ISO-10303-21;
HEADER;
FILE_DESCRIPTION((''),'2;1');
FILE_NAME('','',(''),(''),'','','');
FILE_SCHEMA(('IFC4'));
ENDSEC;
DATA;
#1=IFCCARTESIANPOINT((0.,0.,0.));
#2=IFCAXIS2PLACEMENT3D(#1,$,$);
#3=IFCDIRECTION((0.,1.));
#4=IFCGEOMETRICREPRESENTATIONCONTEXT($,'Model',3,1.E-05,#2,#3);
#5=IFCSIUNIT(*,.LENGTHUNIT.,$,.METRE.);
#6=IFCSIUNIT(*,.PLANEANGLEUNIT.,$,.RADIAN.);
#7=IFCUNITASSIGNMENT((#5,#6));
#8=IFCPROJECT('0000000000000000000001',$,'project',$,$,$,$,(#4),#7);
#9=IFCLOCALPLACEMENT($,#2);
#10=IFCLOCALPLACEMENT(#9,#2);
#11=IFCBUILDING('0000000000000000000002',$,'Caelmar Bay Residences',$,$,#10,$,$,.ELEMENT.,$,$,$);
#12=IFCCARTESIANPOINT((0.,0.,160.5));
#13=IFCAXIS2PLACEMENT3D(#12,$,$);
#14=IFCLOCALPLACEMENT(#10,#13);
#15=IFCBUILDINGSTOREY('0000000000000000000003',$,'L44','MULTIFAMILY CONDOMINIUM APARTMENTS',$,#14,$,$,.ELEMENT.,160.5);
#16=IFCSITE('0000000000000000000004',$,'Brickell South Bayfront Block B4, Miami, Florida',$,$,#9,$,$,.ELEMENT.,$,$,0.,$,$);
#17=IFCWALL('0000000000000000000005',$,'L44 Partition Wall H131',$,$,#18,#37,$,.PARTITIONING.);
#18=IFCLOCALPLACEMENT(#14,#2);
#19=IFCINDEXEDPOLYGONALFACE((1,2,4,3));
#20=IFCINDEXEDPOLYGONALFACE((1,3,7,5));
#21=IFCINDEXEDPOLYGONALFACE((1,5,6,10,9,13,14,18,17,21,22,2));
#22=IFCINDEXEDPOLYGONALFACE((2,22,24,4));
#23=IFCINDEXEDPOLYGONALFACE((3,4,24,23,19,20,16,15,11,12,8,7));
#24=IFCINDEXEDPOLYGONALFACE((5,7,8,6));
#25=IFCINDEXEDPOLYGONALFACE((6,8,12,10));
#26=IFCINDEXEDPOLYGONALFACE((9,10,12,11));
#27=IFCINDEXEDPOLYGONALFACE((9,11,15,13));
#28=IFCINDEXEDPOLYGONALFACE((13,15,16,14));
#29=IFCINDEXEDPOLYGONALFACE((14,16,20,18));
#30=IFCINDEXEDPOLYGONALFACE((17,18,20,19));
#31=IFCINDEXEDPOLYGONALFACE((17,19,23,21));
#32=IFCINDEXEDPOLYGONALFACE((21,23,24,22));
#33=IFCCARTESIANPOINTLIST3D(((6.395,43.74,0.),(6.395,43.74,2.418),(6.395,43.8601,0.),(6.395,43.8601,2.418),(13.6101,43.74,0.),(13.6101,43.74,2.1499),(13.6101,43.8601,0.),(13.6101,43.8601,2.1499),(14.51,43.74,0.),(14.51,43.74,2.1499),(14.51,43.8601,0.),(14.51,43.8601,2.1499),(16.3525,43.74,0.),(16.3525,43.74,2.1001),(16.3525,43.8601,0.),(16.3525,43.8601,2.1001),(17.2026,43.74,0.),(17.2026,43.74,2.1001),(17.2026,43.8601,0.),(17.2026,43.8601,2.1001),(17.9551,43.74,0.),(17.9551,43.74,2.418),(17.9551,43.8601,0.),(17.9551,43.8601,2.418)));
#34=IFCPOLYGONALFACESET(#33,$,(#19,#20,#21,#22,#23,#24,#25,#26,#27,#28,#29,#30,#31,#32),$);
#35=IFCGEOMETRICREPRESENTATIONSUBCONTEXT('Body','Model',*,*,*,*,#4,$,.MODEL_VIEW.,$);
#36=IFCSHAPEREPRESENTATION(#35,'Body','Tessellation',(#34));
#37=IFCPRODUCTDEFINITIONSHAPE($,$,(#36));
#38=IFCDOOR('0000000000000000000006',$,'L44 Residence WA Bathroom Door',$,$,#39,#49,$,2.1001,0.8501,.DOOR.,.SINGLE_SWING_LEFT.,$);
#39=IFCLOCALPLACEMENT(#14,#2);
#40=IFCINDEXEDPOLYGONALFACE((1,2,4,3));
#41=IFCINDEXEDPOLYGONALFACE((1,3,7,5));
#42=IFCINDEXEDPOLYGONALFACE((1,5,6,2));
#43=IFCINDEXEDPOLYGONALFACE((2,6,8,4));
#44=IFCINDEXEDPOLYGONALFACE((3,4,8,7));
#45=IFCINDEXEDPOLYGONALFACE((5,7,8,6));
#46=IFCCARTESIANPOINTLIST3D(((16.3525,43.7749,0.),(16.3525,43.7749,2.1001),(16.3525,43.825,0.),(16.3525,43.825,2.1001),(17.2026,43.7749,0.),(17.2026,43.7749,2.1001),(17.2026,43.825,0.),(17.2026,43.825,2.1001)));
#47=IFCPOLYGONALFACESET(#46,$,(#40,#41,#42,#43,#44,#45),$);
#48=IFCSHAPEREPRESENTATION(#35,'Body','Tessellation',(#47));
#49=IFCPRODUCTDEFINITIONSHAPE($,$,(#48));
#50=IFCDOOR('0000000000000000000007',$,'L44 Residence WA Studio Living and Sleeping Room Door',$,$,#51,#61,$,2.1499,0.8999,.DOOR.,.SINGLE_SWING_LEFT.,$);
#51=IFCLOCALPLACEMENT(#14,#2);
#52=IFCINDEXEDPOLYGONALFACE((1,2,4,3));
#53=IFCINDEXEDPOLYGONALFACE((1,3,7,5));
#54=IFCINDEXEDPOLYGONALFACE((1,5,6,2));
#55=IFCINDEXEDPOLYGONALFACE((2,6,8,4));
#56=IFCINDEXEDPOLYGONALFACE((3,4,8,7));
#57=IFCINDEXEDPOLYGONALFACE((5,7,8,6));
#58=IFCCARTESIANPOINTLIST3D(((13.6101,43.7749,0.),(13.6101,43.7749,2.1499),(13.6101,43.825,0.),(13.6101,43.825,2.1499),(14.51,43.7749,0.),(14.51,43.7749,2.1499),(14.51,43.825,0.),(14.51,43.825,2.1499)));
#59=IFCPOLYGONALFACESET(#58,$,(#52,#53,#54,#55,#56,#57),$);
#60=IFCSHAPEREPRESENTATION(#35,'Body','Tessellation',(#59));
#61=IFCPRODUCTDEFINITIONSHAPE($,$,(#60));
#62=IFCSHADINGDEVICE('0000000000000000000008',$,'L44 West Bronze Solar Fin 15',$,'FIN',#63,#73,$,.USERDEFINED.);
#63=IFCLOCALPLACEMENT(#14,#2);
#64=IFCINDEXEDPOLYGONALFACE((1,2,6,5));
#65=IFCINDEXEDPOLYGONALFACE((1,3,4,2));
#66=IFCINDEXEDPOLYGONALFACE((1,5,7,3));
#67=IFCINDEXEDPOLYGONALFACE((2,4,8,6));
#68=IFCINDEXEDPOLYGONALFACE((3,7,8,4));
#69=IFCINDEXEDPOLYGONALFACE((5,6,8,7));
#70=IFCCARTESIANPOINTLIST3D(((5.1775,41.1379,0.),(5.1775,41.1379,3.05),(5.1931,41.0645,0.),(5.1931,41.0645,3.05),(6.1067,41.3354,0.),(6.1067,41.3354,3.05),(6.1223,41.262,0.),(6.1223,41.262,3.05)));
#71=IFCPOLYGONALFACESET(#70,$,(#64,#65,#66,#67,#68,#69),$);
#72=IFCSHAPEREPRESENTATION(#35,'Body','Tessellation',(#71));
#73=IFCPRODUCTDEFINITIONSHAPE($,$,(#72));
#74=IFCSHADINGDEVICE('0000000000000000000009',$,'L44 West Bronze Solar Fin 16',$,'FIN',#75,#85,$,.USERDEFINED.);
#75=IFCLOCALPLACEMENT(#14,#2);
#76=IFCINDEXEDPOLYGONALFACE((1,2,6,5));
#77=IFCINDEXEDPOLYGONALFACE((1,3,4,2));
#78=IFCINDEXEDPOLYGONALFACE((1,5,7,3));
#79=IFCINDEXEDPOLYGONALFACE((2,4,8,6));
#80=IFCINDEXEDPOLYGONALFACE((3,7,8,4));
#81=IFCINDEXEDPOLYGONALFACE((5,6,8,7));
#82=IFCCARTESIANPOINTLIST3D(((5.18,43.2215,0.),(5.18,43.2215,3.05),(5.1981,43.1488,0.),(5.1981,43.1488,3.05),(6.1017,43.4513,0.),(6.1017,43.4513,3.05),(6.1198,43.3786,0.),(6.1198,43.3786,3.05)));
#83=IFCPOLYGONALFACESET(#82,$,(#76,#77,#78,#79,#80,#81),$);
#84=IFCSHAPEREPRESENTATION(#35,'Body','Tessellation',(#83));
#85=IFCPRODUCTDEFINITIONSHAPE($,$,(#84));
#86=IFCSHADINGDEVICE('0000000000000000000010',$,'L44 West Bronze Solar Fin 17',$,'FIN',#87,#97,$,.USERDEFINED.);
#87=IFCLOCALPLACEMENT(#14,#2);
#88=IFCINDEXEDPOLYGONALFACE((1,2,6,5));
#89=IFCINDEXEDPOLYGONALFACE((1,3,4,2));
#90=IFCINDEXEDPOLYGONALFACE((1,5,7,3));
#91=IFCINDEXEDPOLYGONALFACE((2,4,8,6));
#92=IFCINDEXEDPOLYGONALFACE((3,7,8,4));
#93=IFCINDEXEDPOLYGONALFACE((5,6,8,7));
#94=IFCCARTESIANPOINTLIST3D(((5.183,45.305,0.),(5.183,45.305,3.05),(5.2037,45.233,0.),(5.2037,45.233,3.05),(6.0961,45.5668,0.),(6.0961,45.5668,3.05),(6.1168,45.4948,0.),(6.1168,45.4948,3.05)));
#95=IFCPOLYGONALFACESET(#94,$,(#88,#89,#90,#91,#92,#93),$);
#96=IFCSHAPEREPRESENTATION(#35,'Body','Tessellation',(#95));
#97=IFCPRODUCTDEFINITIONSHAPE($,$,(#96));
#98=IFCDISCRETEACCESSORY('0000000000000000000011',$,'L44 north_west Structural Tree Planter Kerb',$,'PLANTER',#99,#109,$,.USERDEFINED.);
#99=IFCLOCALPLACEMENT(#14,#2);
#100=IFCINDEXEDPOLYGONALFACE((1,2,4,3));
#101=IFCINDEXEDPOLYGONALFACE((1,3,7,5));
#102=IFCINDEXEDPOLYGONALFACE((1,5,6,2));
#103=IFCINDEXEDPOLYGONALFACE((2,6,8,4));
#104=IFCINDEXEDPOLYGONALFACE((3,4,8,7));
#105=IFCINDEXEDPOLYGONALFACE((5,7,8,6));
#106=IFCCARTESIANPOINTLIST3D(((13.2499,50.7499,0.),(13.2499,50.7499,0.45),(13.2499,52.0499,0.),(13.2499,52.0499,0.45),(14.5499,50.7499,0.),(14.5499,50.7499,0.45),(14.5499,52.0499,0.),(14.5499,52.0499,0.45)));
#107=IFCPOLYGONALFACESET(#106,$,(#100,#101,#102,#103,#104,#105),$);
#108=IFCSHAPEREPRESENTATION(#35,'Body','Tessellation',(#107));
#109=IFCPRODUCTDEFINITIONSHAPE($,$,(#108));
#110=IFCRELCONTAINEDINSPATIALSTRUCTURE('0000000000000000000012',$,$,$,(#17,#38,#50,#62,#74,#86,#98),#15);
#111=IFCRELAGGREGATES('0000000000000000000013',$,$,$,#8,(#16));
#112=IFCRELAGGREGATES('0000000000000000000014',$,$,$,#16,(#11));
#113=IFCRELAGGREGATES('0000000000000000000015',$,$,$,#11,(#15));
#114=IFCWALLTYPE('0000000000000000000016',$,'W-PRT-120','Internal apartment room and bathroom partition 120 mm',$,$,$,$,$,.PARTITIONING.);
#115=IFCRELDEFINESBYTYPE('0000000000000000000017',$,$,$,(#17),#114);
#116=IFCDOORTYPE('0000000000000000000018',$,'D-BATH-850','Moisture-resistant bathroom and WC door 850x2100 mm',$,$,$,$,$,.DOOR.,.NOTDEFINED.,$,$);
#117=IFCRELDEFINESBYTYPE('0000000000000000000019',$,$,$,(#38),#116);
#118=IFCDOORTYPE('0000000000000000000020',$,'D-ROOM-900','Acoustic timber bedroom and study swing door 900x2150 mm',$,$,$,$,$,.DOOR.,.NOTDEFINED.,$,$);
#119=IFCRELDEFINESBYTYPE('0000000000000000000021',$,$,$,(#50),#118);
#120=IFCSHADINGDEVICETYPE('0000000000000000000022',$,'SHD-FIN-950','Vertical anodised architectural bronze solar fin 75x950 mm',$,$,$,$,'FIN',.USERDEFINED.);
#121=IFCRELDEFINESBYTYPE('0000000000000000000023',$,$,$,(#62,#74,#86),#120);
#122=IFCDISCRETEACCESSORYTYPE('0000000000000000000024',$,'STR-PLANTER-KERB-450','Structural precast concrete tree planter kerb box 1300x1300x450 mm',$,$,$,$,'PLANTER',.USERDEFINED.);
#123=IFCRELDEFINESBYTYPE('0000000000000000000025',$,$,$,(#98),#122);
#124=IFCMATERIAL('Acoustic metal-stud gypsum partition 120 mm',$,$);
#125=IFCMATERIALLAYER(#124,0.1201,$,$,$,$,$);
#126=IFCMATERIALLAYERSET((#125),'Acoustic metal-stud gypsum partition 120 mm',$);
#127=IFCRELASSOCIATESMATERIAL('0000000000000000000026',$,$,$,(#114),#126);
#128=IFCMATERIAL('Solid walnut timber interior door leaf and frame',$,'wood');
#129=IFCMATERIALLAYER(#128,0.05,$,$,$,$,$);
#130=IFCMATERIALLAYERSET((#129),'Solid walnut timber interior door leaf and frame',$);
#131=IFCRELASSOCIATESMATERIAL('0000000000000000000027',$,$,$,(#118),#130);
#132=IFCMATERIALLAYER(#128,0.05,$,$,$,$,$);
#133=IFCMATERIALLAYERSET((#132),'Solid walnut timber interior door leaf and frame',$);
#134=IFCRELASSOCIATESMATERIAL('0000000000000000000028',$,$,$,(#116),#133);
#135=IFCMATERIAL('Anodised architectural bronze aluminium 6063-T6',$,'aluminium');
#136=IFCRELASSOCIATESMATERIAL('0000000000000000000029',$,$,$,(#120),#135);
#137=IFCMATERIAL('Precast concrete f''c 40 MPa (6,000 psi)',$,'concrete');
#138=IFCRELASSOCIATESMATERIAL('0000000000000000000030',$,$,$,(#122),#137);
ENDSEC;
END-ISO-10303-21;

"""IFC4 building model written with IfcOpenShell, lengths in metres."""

from ifc_helpers import new_model, si_unit, direction, frame, frame_2d, origin, origin_2d, place, context, subcontext, project, spatial, rectangle, extrude, material, layer, layer_set, material_profile, profile_set, type_object, element, fill, save


model = new_model("IFC4")

# Units and contexts
model_context = context("Model", 3, precision=1e-05, world=origin(), true_north=direction((0.0, 1.0)))
body_context = subcontext(model_context, "Body", "Model", "MODEL_VIEW")
ifc_project = project(units=[si_unit("LENGTHUNIT", "METRE"), si_unit("PLANEANGLEUNIT", "RADIAN")], contexts=[model_context])

# Site, building, storey
site_placement = place(None, origin())
site = spatial("IfcSite", under=ifc_project, at=site_placement, Name="Brickell South Bayfront Block B4, Miami, Florida", CompositionType="ELEMENT", RefElevation=0.0)
building_placement = place(site_placement, origin())
building = spatial("IfcBuilding", under=site, at=building_placement, Name="Caelmar Bay Residences", CompositionType="ELEMENT")
storey_placement = place(building_placement, frame((0.0, 0.0, 160.5)))
storey = spatial("IfcBuildingStorey", under=building, at=storey_placement, Name="L44", Description="MULTIFAMILY CONDOMINIUM APARTMENTS", CompositionType="ELEMENT", Elevation=160.5)

# Shared definitions
ifc_material_1 = material(Name="Precast concrete f'c 40 MPa (6,000 psi)", Category="concrete")

# Shared definitions
ifc_material_2 = material(Name="Acoustic metal-stud gypsum partition 120 mm")
ifc_layer_1 = layer(ifc_material_2, 0.1201)
ifc_layer_set_1 = layer_set([ifc_layer_1], Name="Acoustic metal-stud gypsum partition 120 mm")
wall_type_1 = type_object("IfcWallType", Name="W-PRT-120", Description="Internal apartment room and bathroom partition 120 mm", PredefinedType="PARTITIONING", material=ifc_layer_set_1)
ifc_material_3 = material(Name="Solid walnut timber interior door leaf and frame", Category="wood")
ifc_layer_2 = layer(ifc_material_3, 0.05)
ifc_layer_set_2 = layer_set([ifc_layer_2], Name="Solid walnut timber interior door leaf and frame")
door_type_1 = type_object("IfcDoorType", Name="D-ROOM-900", Description="Acoustic timber bedroom and study swing door 900x2150 mm", OperationType="NOTDEFINED", PredefinedType="DOOR", material=ifc_layer_set_2)

# Wall, openings, doors
wall_1_placement = place(storey_placement, frame((6.395, 43.8, 0.0), z_axis=(0.0, 0.0, 1.0), x_axis=(1.0, 0.0, 0.0)))
wall_1 = element("IfcWall", 1, at=wall_1_placement, inside=storey, type_object=wall_type_1, Name="L44 Partition Wall H131", PredefinedType="PARTITIONING", context=body_context, shape_type="SweptSolid", body=[
    extrude(rectangle(XDim=11.5601, YDim=0.1201, at=frame_2d((5.78, 0.0))), origin(), (0.0, 0.0, 1.0), 2.418),
])
opening_1_placement = place(wall_1_placement, frame((7.2151, 0.0, 0.0)))
opening_1 = element("IfcOpeningElement", 2, at=opening_1_placement, cuts=wall_1, PredefinedType="OPENING", context=body_context, shape_type="SweptSolid", body=[
    extrude(rectangle(XDim=0.8999, YDim=2.1499, at=frame_2d((0.45, 1.075))), frame((0.0, 0.0701, 0.0), z_axis=(0.0, -1.0, 0.0), x_axis=(1.0, 0.0, 0.0)), (0.0, 0.0, 1.0), 0.1401),
])
opening_2_placement = place(wall_1_placement, frame((9.9575, 0.0, 0.0)))
opening_2 = element("IfcOpeningElement", 3, at=opening_2_placement, cuts=wall_1, PredefinedType="OPENING", context=body_context, shape_type="SweptSolid", body=[
    extrude(rectangle(XDim=0.8501, YDim=2.1001, at=frame_2d((0.425, 1.05))), frame((0.0, 0.0701, 0.0), z_axis=(0.0, -1.0, 0.0), x_axis=(1.0, 0.0, 0.0)), (0.0, 0.0, 1.0), 0.1401),
])
ifc_layer_3 = layer(ifc_material_3, 0.05)
ifc_layer_set_3 = layer_set([ifc_layer_3], Name="Solid walnut timber interior door leaf and frame")
door_type_2 = type_object("IfcDoorType", Name="D-BATH-850", Description="Moisture-resistant bathroom and WC door 850x2100 mm", OperationType="NOTDEFINED", PredefinedType="DOOR", material=ifc_layer_set_3)
door_1_placement = place(opening_2_placement, origin())
door_1 = element("IfcDoor", 4, at=door_1_placement, inside=storey, type_object=door_type_2, Name="L44 Residence WA Bathroom Door", OperationType="SINGLE_SWING_LEFT", OverallHeight=2.1001, OverallWidth=0.8501, PredefinedType="DOOR", context=body_context, shape_type="SweptSolid", body=[
    extrude(rectangle(XDim=0.8501, YDim=2.1001, at=frame_2d((0.425, 1.05))), frame((0.0, 0.0249, 0.0), z_axis=(0.0, -1.0, 0.0), x_axis=(1.0, 0.0, 0.0)), (0.0, 0.0, 1.0), 0.05),
])
fill(opening_2, door_1)
door_2_placement = place(opening_1_placement, origin())
door_2 = element("IfcDoor", 5, at=door_2_placement, inside=storey, type_object=door_type_1, Name="L44 Residence WA Studio Living and Sleeping Room Door", OperationType="SINGLE_SWING_LEFT", OverallHeight=2.1499, OverallWidth=0.8999, PredefinedType="DOOR", context=body_context, shape_type="SweptSolid", body=[
    extrude(rectangle(XDim=0.8999, YDim=2.1499, at=frame_2d((0.45, 1.075))), frame((0.0, 0.0249, 0.0), z_axis=(0.0, -1.0, 0.0), x_axis=(1.0, 0.0, 0.0)), (0.0, 0.0, 1.0), 0.05),
])
fill(opening_1, door_2)

# Shading devices
ifc_material_4 = material(Name="Anodised architectural bronze aluminium 6063-T6", Category="aluminium")
ifc_material_profile_1 = material_profile(ifc_material_4, rectangle(XDim=0.075, YDim=0.95, at=origin_2d()), Name="BRONZE-FIN-75X950")
ifc_profile_set_1 = profile_set([ifc_material_profile_1], Name="Anodised architectural bronze aluminium 6063-T6")
shading_device_type = type_object("IfcShadingDeviceType", Name="SHD-FIN-950", Description="Vertical anodised architectural bronze solar fin 75x950 mm", ElementType="FIN", PredefinedType="USERDEFINED", material=ifc_profile_set_1)
for number, where, z_axis, x_axis, name in (
    (6, (5.6499, 41.2, 0.0), (0.0, 0.0, 1.0), (-0.207912, 0.978148, 0.0), "L44 West Bronze Solar Fin 15"),
    (7, (5.6499, 43.3, 0.0), (0.0, 0.0, 1.0), (-0.241922, 0.970296, 0.0), "L44 West Bronze Solar Fin 16"),
    (8, (5.6499, 45.3999, 0.0), (0.0, 0.0, 1.0), (-0.275637, 0.961262, 0.0), "L44 West Bronze Solar Fin 17"),
):
    element("IfcShadingDevice", number, at=place(storey_placement, frame(where, z_axis=z_axis, x_axis=x_axis)), inside=storey, type_object=shading_device_type, Name=name, ObjectType="FIN", PredefinedType="USERDEFINED", context=body_context, shape_type="SweptSolid", body=[
        extrude(rectangle(XDim=0.075, YDim=0.95, at=origin_2d()), origin(), (0.0, 0.0, 1.0), 3.05),
    ])

# Discrete accessory
discrete_accessory_type = type_object("IfcDiscreteAccessoryType", Name="STR-PLANTER-KERB-450", Description="Structural precast concrete tree planter kerb box 1300x1300x450 mm", ElementType="PLANTER", PredefinedType="USERDEFINED", material=ifc_material_1)
discrete_accessory_placement = place(storey_placement, frame((13.8999, 51.3999, 0.0), z_axis=(0.0, 0.0, 1.0), x_axis=(1.0, 0.0, 0.0)))
element("IfcDiscreteAccessory", 9, at=discrete_accessory_placement, inside=storey, type_object=discrete_accessory_type, Name="L44 north_west Structural Tree Planter Kerb", ObjectType="PLANTER", PredefinedType="USERDEFINED", context=body_context, shape_type="SweptSolid", body=[
    extrude(rectangle(XDim=1.3, YDim=1.3, at=origin_2d()), origin(), (0.0, 0.0, 1.0), 0.45),
])

save(model, "model.ifc")
